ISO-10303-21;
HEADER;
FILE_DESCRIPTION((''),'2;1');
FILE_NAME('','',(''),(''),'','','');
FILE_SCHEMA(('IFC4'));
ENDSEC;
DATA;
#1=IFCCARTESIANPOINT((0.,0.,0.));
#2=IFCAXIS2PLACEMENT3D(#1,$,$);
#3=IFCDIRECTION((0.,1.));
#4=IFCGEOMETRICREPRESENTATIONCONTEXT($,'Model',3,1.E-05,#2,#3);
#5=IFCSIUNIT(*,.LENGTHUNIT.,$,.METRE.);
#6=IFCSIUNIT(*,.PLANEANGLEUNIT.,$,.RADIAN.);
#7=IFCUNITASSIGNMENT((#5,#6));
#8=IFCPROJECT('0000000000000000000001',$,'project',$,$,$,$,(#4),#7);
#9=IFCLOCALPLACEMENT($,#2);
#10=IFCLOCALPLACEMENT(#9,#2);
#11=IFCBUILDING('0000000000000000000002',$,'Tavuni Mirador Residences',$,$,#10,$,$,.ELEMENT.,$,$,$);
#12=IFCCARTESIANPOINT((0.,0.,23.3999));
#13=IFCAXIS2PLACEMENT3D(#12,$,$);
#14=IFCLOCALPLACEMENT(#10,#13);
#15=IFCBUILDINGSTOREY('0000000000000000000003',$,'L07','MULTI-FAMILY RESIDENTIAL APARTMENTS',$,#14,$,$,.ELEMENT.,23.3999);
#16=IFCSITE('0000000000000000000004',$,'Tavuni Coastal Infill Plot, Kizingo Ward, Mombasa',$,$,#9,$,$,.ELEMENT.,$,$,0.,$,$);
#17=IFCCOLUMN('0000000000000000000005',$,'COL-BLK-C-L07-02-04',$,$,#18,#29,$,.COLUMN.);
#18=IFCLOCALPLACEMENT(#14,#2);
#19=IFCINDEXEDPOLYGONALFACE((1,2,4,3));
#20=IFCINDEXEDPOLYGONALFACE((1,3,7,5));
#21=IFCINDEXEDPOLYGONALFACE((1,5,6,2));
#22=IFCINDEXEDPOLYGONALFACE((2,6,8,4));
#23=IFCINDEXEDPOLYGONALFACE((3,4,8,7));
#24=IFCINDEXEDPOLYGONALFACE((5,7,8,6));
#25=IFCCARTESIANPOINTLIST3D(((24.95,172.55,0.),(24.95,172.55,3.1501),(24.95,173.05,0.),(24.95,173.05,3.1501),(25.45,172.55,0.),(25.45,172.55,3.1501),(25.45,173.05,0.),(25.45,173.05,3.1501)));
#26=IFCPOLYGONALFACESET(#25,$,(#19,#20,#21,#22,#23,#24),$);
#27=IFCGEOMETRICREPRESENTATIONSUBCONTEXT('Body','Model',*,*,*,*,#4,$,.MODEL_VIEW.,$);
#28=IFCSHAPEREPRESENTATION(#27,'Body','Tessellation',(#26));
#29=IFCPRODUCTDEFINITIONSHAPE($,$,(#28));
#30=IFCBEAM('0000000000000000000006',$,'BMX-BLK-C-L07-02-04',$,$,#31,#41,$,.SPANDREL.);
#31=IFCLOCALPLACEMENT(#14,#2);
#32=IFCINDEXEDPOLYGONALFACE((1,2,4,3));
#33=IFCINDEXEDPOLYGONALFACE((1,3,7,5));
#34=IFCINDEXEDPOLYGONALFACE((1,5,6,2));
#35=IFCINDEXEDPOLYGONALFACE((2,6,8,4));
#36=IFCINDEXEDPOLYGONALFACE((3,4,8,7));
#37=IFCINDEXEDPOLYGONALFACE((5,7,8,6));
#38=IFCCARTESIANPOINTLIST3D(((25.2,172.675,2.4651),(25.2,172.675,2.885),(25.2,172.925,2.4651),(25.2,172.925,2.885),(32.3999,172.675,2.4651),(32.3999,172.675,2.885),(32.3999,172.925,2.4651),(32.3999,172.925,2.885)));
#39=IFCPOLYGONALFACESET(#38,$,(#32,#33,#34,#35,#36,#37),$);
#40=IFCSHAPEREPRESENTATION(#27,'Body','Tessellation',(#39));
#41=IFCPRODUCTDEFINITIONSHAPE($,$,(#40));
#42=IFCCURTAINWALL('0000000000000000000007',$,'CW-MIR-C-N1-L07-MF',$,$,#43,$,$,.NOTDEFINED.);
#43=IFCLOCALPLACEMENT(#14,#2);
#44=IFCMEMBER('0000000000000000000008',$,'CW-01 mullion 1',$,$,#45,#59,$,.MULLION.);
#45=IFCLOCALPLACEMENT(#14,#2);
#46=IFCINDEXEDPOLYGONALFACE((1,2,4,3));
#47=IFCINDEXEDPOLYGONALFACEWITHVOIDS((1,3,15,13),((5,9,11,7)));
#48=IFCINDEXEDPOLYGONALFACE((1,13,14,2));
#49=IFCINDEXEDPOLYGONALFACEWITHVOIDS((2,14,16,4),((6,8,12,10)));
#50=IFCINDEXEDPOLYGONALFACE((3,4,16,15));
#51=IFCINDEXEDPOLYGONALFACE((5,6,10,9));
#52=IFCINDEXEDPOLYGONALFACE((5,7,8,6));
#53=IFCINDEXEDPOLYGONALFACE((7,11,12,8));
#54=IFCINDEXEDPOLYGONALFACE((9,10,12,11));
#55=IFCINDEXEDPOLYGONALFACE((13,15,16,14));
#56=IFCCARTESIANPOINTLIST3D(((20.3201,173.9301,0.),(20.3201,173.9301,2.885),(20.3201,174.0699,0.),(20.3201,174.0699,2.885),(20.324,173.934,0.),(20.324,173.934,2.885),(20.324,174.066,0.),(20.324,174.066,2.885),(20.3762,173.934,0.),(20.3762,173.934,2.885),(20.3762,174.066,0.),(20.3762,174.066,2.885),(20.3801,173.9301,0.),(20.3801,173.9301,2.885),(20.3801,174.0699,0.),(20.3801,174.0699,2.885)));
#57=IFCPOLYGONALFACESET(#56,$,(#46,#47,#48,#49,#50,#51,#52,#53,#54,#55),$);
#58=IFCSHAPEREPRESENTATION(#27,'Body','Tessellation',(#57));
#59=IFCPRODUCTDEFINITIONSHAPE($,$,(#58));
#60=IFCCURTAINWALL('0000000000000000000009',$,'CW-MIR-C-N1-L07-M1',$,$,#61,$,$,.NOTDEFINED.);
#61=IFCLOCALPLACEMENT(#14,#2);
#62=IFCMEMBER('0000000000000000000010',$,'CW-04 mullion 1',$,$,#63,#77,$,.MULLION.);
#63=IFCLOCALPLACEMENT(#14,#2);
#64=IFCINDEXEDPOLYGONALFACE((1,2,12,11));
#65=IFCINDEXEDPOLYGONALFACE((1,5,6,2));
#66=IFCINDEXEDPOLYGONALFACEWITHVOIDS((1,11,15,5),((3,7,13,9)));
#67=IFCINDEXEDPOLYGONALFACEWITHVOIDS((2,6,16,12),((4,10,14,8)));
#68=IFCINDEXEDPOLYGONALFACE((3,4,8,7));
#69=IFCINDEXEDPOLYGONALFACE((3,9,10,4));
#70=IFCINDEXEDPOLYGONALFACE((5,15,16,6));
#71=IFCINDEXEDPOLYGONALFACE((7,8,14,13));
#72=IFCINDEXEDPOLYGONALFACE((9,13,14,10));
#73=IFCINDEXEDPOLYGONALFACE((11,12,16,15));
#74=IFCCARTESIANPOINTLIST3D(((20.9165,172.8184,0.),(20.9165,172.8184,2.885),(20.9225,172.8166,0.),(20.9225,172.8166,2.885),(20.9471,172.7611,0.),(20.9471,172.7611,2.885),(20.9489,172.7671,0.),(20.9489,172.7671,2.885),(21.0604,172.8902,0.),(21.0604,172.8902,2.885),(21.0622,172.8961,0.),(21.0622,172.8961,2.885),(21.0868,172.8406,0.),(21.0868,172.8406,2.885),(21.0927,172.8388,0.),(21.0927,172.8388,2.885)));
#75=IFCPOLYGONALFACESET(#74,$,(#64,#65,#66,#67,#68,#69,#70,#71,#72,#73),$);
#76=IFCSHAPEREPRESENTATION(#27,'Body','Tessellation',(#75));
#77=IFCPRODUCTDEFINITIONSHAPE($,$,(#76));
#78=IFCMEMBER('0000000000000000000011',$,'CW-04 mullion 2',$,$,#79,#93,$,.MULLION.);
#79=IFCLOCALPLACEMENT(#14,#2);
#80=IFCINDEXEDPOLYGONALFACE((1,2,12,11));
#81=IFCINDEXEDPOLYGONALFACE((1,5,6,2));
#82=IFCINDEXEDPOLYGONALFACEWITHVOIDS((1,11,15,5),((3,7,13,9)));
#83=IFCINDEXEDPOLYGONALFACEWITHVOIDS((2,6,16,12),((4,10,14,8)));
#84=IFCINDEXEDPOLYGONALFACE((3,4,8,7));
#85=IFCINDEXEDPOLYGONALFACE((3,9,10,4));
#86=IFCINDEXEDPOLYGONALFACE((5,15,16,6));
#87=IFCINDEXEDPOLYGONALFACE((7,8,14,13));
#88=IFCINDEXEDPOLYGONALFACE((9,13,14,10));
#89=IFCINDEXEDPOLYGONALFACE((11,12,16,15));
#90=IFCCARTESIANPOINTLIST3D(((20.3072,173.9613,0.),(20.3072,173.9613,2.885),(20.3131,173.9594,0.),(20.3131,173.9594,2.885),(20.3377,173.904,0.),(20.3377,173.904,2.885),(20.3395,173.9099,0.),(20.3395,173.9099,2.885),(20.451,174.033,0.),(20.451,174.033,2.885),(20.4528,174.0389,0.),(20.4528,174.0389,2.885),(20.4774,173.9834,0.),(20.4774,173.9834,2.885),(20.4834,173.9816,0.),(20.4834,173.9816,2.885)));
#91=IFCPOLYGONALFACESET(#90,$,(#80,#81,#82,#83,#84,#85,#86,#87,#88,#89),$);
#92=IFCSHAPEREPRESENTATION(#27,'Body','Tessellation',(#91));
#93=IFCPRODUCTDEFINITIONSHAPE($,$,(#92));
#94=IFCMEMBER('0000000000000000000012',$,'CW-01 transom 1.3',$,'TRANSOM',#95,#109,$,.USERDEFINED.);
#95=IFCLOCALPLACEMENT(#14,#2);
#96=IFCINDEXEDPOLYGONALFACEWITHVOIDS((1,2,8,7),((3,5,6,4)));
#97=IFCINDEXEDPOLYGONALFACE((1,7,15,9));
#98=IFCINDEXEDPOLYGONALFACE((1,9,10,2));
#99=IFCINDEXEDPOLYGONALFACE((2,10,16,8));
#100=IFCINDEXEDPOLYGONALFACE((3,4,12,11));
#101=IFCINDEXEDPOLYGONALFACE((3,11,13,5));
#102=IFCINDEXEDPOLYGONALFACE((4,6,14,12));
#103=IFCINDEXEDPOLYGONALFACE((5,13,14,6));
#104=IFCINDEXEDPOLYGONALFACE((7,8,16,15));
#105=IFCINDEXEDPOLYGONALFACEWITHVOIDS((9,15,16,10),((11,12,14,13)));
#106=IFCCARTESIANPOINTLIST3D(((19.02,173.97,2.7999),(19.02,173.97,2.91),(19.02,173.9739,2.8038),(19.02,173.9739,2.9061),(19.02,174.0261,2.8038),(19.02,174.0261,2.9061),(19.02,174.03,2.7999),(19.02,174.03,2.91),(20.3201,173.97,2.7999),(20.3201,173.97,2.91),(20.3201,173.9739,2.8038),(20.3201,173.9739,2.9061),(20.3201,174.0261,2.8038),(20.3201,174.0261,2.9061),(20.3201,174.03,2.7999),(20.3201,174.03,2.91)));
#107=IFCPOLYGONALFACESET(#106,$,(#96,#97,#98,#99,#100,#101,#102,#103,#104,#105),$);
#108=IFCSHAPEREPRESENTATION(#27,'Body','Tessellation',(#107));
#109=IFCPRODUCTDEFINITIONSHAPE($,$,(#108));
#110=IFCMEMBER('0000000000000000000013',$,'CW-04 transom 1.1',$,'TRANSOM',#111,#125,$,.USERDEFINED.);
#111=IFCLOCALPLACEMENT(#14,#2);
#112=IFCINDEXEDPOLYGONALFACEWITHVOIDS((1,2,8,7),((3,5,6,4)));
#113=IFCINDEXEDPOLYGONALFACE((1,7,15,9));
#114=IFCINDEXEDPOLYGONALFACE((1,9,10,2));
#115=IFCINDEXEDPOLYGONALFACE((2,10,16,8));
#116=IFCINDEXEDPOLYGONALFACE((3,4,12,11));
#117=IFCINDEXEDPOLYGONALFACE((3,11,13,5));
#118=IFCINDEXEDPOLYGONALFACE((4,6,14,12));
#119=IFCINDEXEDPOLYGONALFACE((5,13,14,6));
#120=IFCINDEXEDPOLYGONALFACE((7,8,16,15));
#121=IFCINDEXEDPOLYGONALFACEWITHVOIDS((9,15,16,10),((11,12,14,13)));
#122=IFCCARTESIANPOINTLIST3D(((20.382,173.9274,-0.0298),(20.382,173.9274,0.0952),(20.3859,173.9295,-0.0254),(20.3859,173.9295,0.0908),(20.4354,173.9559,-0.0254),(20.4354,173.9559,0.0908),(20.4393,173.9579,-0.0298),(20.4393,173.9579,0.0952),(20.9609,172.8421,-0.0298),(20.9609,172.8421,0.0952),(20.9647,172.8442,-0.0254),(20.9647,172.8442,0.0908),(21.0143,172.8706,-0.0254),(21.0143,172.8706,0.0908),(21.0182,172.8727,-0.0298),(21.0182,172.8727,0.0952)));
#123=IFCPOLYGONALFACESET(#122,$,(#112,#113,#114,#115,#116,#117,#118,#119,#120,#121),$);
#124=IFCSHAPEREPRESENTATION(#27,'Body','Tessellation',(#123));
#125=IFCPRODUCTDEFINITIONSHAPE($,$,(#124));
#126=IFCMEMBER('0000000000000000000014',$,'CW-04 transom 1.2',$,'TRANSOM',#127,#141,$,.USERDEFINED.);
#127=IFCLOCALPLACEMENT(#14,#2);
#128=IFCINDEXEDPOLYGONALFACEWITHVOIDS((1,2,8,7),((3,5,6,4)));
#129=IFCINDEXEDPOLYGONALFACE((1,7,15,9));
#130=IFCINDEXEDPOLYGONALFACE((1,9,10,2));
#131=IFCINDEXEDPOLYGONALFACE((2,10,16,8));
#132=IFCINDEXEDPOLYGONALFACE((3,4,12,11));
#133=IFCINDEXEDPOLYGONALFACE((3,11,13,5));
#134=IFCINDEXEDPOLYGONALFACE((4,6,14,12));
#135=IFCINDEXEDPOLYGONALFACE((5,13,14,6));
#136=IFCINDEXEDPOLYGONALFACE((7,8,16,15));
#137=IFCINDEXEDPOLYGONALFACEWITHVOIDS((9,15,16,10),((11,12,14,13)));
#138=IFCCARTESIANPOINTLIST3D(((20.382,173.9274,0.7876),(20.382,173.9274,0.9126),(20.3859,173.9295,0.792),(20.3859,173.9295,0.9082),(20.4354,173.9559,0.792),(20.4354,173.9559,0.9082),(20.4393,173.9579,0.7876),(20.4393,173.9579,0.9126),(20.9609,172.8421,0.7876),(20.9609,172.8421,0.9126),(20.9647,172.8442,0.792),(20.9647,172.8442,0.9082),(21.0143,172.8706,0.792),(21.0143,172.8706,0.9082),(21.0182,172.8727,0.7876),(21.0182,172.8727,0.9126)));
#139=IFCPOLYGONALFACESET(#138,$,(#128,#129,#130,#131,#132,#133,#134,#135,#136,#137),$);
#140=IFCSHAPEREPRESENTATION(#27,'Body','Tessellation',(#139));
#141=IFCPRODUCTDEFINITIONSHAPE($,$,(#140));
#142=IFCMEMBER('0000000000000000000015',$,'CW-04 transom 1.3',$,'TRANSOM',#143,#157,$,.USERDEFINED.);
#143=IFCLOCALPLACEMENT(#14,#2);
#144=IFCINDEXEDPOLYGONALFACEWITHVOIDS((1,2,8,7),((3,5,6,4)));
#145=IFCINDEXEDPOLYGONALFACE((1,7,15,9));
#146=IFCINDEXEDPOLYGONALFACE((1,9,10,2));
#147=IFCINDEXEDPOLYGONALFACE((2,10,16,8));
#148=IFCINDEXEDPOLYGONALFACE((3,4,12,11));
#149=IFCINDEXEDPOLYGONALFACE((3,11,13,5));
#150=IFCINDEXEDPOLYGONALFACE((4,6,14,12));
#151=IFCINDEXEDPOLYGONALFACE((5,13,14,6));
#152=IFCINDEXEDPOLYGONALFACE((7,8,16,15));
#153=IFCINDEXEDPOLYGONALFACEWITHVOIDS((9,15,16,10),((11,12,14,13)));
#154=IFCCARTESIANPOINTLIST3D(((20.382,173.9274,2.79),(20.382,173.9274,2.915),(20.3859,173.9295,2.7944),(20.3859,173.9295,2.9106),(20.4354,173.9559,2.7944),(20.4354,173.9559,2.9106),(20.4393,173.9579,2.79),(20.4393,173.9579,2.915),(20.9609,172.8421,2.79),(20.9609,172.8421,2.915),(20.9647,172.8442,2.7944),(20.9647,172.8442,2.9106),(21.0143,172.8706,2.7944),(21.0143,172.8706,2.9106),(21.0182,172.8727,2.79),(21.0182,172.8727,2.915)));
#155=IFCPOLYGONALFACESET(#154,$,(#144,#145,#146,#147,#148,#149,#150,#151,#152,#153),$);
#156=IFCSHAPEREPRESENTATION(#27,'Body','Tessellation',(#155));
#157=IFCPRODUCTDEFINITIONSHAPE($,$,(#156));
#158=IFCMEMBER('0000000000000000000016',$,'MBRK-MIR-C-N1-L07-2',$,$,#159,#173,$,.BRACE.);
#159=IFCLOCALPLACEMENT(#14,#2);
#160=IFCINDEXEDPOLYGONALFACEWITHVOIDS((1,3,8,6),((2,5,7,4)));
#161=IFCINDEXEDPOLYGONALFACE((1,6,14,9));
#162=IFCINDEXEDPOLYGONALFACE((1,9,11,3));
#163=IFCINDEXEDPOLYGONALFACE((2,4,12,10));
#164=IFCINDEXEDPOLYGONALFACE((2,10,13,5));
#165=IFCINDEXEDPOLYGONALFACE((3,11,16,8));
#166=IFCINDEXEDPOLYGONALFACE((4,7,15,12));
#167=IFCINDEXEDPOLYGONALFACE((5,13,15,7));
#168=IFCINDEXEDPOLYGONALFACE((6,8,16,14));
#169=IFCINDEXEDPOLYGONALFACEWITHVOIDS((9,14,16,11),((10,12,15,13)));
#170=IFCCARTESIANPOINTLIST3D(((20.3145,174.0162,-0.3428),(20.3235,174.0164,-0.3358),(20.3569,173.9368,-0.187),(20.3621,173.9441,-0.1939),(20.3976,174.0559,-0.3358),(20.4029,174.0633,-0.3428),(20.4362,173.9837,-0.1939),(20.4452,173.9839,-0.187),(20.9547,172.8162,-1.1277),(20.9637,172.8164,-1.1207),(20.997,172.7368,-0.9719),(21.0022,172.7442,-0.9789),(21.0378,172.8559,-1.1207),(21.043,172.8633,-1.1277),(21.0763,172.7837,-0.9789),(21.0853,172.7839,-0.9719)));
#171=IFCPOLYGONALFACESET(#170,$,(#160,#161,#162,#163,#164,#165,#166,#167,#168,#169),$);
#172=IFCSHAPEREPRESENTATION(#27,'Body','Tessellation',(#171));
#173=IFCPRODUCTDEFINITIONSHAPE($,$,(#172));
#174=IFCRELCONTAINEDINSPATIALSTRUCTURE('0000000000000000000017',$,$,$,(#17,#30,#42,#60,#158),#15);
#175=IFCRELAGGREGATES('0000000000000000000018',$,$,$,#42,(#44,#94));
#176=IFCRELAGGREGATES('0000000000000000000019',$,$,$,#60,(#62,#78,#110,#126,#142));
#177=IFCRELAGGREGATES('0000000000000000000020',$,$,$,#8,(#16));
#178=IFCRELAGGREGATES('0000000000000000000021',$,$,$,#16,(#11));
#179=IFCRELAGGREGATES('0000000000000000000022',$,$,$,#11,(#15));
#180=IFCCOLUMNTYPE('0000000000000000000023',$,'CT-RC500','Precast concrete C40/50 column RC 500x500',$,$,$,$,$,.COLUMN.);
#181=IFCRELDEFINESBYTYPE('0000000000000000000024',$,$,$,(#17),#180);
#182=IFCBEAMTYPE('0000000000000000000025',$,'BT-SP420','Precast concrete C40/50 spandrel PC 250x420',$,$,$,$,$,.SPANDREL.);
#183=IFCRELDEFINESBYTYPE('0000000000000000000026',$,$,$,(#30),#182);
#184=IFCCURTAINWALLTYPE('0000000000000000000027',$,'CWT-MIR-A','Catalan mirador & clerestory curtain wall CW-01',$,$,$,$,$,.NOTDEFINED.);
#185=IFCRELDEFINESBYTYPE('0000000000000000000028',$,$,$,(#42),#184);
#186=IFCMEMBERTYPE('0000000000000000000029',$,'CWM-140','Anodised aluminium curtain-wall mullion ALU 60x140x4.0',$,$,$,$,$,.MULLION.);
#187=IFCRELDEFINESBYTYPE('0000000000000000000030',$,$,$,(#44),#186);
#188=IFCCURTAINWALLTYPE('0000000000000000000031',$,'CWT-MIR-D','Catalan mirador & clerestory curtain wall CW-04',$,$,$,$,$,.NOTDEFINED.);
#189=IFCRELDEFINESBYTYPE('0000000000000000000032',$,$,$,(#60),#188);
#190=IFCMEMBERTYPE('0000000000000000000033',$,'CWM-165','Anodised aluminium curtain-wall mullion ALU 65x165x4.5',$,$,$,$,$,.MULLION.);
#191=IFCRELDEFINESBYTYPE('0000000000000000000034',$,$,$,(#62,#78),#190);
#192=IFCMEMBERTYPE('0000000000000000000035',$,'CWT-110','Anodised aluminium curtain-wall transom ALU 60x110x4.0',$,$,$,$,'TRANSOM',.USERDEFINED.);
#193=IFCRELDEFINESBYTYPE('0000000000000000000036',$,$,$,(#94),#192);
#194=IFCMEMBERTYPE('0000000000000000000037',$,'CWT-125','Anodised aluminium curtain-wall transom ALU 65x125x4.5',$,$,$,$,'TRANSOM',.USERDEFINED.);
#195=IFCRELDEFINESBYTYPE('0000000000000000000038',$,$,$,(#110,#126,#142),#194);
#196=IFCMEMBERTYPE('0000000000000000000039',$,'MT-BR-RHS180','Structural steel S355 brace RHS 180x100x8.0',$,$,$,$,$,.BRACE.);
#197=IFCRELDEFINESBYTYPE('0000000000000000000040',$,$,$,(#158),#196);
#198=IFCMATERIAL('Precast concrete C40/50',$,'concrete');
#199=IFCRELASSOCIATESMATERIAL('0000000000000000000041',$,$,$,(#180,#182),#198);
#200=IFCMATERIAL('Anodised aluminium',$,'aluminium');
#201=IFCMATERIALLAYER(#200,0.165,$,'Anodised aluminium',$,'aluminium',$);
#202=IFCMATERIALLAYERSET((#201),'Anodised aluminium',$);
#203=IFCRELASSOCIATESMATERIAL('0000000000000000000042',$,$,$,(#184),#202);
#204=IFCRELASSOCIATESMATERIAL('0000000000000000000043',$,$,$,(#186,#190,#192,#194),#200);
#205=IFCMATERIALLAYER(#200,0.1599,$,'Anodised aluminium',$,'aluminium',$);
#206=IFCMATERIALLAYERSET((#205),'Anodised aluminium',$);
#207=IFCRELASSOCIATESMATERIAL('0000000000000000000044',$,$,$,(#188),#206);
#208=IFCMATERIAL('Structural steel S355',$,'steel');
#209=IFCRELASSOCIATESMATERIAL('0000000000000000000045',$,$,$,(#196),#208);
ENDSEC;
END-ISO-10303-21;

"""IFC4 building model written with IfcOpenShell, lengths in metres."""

from ifc_helpers import new_model, si_unit, direction, frame, origin, origin_2d, place, context, subcontext, project, spatial, rectangle, hollow_rectangle, extrude, material, layer, layer_set, material_profile, profile_set, type_object, element, aggregate, save


model = new_model("IFC4")

# Units and contexts
model_context = context("Model", 3, precision=1e-05, world=origin(), true_north=direction((0.0, 1.0)))
body_context = subcontext(model_context, "Body", "Model", "MODEL_VIEW")
ifc_project = project(units=[si_unit("LENGTHUNIT", "METRE"), si_unit("PLANEANGLEUNIT", "RADIAN")], contexts=[model_context])

# Site, building, storey
site_placement = place(None, origin())
site = spatial("IfcSite", under=ifc_project, at=site_placement, Name="Tavuni Coastal Infill Plot, Kizingo Ward, Mombasa", CompositionType="ELEMENT", RefElevation=0.0)
building_placement = place(site_placement, origin())
building = spatial("IfcBuilding", under=site, at=building_placement, Name="Tavuni Mirador Residences", CompositionType="ELEMENT")
storey_placement = place(building_placement, frame((0.0, 0.0, 23.3999)))
storey = spatial("IfcBuildingStorey", under=building, at=storey_placement, Name="L07", Description="MULTI-FAMILY RESIDENTIAL APARTMENTS", CompositionType="ELEMENT", Elevation=23.3999)

# Column
ifc_material_1 = material(Name="Precast concrete C40/50", Category="concrete")
ifc_material_profile_1 = material_profile(ifc_material_1, rectangle(XDim=0.5, YDim=0.5, at=origin_2d()), Name="RC 500x500", Category="concrete")
ifc_profile_set_1 = profile_set([ifc_material_profile_1], Name="Precast concrete C40/50")
column_type = type_object("IfcColumnType", Name="CT-RC500", Description="Precast concrete C40/50 column RC 500x500", PredefinedType="COLUMN", material=ifc_profile_set_1)
column_placement = place(storey_placement, frame((25.2, 172.8, 0.0), z_axis=(0.0, 0.0, 1.0), x_axis=(1.0, 0.0, 0.0)))
element("IfcColumn", 1, at=column_placement, inside=storey, type_object=column_type, Name="COL-BLK-C-L07-02-04", PredefinedType="COLUMN", context=body_context, shape_type="SweptSolid", body=[
    extrude(rectangle(XDim=0.5, YDim=0.5, at=origin_2d()), origin(), (0.0, 0.0, 1.0), 3.1501),
])

# Beam
ifc_material_profile_2 = material_profile(ifc_material_1, rectangle(XDim=0.25, YDim=0.4199, at=origin_2d()), Name="PC 250x420", Category="concrete")
ifc_profile_set_2 = profile_set([ifc_material_profile_2], Name="Precast concrete C40/50")
beam_type = type_object("IfcBeamType", Name="BT-SP420", Description="Precast concrete C40/50 spandrel PC 250x420", PredefinedType="SPANDREL", material=ifc_profile_set_2)
beam_placement = place(storey_placement, frame((25.2, 172.8, 2.675), z_axis=(1.0, 0.0, 0.0), x_axis=(0.0, 1.0, 0.0)))
element("IfcBeam", 2, at=beam_placement, inside=storey, type_object=beam_type, Name="BMX-BLK-C-L07-02-04", PredefinedType="SPANDREL", context=body_context, shape_type="SweptSolid", body=[
    extrude(rectangle(XDim=0.25, YDim=0.4199, at=origin_2d()), origin(), (0.0, 0.0, 1.0), 7.2),
])

# Curtain wall, member
ifc_material_2 = material(Name="Anodised aluminium", Category="aluminium")
ifc_layer_1 = layer(ifc_material_2, 0.165, Name="Anodised aluminium", Category="aluminium")
ifc_layer_set_1 = layer_set([ifc_layer_1], Name="Anodised aluminium")
curtain_wall_type_1 = type_object("IfcCurtainWallType", Name="CWT-MIR-A", Description="Catalan mirador & clerestory curtain wall CW-01", PredefinedType="NOTDEFINED", material=ifc_layer_set_1)
curtain_wall_1_placement = place(storey_placement, origin())
curtain_wall_1 = element("IfcCurtainWall", 3, at=curtain_wall_1_placement, inside=storey, type_object=curtain_wall_type_1, Name="CW-MIR-C-N1-L07-MF", PredefinedType="NOTDEFINED")
ifc_material_profile_3 = material_profile(ifc_material_2, hollow_rectangle(XDim=0.0601, YDim=0.1399, WallThickness=0.0039, at=origin_2d()), Name="ALU 60x140x4.0", Category="aluminium")
ifc_profile_set_3 = profile_set([ifc_material_profile_3], Name="Anodised aluminium")
member_type_1 = type_object("IfcMemberType", Name="CWM-140", Description="Anodised aluminium curtain-wall mullion ALU 60x140x4.0", PredefinedType="MULLION", material=ifc_profile_set_3)
member_1_placement = place(storey_placement, frame((20.3501, 174.0, 0.0), z_axis=(0.0, 0.0, 1.0), x_axis=(-1.0, 0.0, 0.0)))
member_1 = element("IfcMember", 4, at=member_1_placement, type_object=member_type_1, Name="CW-01 mullion 1", PredefinedType="MULLION", context=body_context, shape_type="SweptSolid", body=[
    extrude(hollow_rectangle(XDim=0.0601, YDim=0.1399, WallThickness=0.0039, at=origin_2d()), origin(), (0.0, 0.0, 1.0), 2.885),
])

# Curtain wall, members
ifc_layer_2 = layer(ifc_material_2, 0.1599, Name="Anodised aluminium", Category="aluminium")
ifc_layer_set_2 = layer_set([ifc_layer_2], Name="Anodised aluminium")
curtain_wall_type_2 = type_object("IfcCurtainWallType", Name="CWT-MIR-D", Description="Catalan mirador & clerestory curtain wall CW-04", PredefinedType="NOTDEFINED", material=ifc_layer_set_2)
curtain_wall_2_placement = place(storey_placement, origin())
curtain_wall_2 = element("IfcCurtainWall", 5, at=curtain_wall_2_placement, inside=storey, type_object=curtain_wall_type_2, Name="CW-MIR-C-N1-L07-M1", PredefinedType="NOTDEFINED")
ifc_material_profile_4 = material_profile(ifc_material_2, hollow_rectangle(XDim=0.0649, YDim=0.165, WallThickness=0.0044, at=origin_2d()), Name="ALU 65x165x4.5", Category="aluminium")
ifc_profile_set_4 = profile_set([ifc_material_profile_4], Name="Anodised aluminium")
member_type_2 = type_object("IfcMemberType", Name="CWM-165", Description="Anodised aluminium curtain-wall mullion ALU 65x165x4.5", PredefinedType="MULLION", material=ifc_profile_set_4)
member_2_placement = place(storey_placement, frame((21.0046, 172.8286, 0.0), z_axis=(0.0, 0.0, 1.0), x_axis=(-0.470588, 0.882353, 0.0)))
member_2 = element("IfcMember", 6, at=member_2_placement, type_object=member_type_2, Name="CW-04 mullion 1", PredefinedType="MULLION", context=body_context, shape_type="SweptSolid", body=[
    extrude(hollow_rectangle(XDim=0.0649, YDim=0.165, WallThickness=0.0044, at=origin_2d()), origin(), (0.0, 0.0, 1.0), 2.885),
])
member_3_placement = place(storey_placement, frame((20.3953, 173.9714, 0.0), z_axis=(0.0, 0.0, 1.0), x_axis=(-0.470588, 0.882353, 0.0)))
member_3 = element("IfcMember", 7, at=member_3_placement, type_object=member_type_2, Name="CW-04 mullion 2", PredefinedType="MULLION", context=body_context, shape_type="SweptSolid", body=[
    extrude(hollow_rectangle(XDim=0.0649, YDim=0.165, WallThickness=0.0044, at=origin_2d()), origin(), (0.0, 0.0, 1.0), 2.885),
])

# Members
ifc_material_profile_5 = material_profile(ifc_material_2, hollow_rectangle(XDim=0.0601, YDim=0.1101, WallThickness=0.0039, at=origin_2d()), Name="ALU 60x110x4.0", Category="aluminium")
ifc_profile_set_5 = profile_set([ifc_material_profile_5], Name="Anodised aluminium")
member_type_3 = type_object("IfcMemberType", Name="CWT-110", Description="Anodised aluminium curtain-wall transom ALU 60x110x4.0", ElementType="TRANSOM", PredefinedType="USERDEFINED", material=ifc_profile_set_5)
member_4_placement = place(storey_placement, frame((20.3201, 174.0, 2.855), z_axis=(-1.0, 0.0, 0.0), x_axis=(0.0, -1.0, 0.0)))
member_4 = element("IfcMember", 8, at=member_4_placement, type_object=member_type_3, Name="CW-01 transom 1.3", ObjectType="TRANSOM", PredefinedType="USERDEFINED", context=body_context, shape_type="SweptSolid", body=[
    extrude(hollow_rectangle(XDim=0.0601, YDim=0.1101, WallThickness=0.0039, at=origin_2d()), origin(), (0.0, 0.0, 1.0), 1.3),
])
aggregate(curtain_wall_1, [member_1, member_4])
ifc_material_profile_6 = material_profile(ifc_material_2, hollow_rectangle(XDim=0.0649, YDim=0.125, WallThickness=0.0044, at=origin_2d()), Name="ALU 65x125x4.5", Category="aluminium")
ifc_profile_set_6 = profile_set([ifc_material_profile_6], Name="Anodised aluminium")
member_type_4 = type_object("IfcMemberType", Name="CWT-125", Description="Anodised aluminium curtain-wall transom ALU 65x125x4.5", ElementType="TRANSOM", PredefinedType="USERDEFINED", material=ifc_profile_set_6)
member_5_placement = place(storey_placement, frame((20.9895, 172.8574, 0.0327), z_axis=(-0.47064, 0.882325, 0.0), x_axis=(-0.882325, -0.47064, 0.0)))
member_5 = element("IfcMember", 9, at=member_5_placement, type_object=member_type_4, Name="CW-04 transom 1.1", ObjectType="TRANSOM", PredefinedType="USERDEFINED", context=body_context, shape_type="SweptSolid", body=[
    extrude(hollow_rectangle(XDim=0.0649, YDim=0.125, WallThickness=0.0044, at=origin_2d()), origin(), (0.0, 0.0, 1.0), 1.23),
])
member_6_placement = place(storey_placement, frame((20.9895, 172.8574, 0.8501), z_axis=(-0.47064, 0.882325, 0.0), x_axis=(-0.882325, -0.47064, 0.0)))
member_6 = element("IfcMember", 10, at=member_6_placement, type_object=member_type_4, Name="CW-04 transom 1.2", ObjectType="TRANSOM", PredefinedType="USERDEFINED", context=body_context, shape_type="SweptSolid", body=[
    extrude(hollow_rectangle(XDim=0.0649, YDim=0.125, WallThickness=0.0044, at=origin_2d()), origin(), (0.0, 0.0, 1.0), 1.23),
])
member_7_placement = place(storey_placement, frame((20.9895, 172.8574, 2.8525), z_axis=(-0.47064, 0.882325, 0.0), x_axis=(-0.882325, -0.47064, 0.0)))
member_7 = element("IfcMember", 11, at=member_7_placement, type_object=member_type_4, Name="CW-04 transom 1.3", ObjectType="TRANSOM", PredefinedType="USERDEFINED", context=body_context, shape_type="SweptSolid", body=[
    extrude(hollow_rectangle(XDim=0.0649, YDim=0.125, WallThickness=0.0044, at=origin_2d()), origin(), (0.0, 0.0, 1.0), 1.23),
])
ifc_material_3 = material(Name="Structural steel S355", Category="steel")
ifc_material_profile_7 = material_profile(ifc_material_3, hollow_rectangle(XDim=0.1001, YDim=0.1799, WallThickness=0.0081, at=origin_2d()), Name="RHS 180x100x8.0", Category="steel")
ifc_profile_set_7 = profile_set([ifc_material_profile_7], Name="Structural steel S355")
member_type_5 = type_object("IfcMemberType", Name="MT-BR-RHS180", Description="Structural steel S355 brace RHS 180x100x8.0", PredefinedType="BRACE", material=ifc_profile_set_7)
member_8_placement = place(storey_placement, frame((21.02, 172.8, -1.0498), z_axis=(-0.407661, 0.764169, 0.499858), x_axis=(-0.882303, -0.470681, 0.0)))
element("IfcMember", 12, at=member_8_placement, inside=storey, type_object=member_type_5, Name="MBRK-MIR-C-N1-L07-2", PredefinedType="BRACE", context=body_context, shape_type="SweptSolid", body=[
    extrude(hollow_rectangle(XDim=0.1001, YDim=0.1799, WallThickness=0.0081, at=origin_2d()), origin(), (0.0, 0.0, 1.0), 1.5703),
])

aggregate(curtain_wall_2, [member_2, member_3, member_5, member_6, member_7])

save(model, "model.ifc")
